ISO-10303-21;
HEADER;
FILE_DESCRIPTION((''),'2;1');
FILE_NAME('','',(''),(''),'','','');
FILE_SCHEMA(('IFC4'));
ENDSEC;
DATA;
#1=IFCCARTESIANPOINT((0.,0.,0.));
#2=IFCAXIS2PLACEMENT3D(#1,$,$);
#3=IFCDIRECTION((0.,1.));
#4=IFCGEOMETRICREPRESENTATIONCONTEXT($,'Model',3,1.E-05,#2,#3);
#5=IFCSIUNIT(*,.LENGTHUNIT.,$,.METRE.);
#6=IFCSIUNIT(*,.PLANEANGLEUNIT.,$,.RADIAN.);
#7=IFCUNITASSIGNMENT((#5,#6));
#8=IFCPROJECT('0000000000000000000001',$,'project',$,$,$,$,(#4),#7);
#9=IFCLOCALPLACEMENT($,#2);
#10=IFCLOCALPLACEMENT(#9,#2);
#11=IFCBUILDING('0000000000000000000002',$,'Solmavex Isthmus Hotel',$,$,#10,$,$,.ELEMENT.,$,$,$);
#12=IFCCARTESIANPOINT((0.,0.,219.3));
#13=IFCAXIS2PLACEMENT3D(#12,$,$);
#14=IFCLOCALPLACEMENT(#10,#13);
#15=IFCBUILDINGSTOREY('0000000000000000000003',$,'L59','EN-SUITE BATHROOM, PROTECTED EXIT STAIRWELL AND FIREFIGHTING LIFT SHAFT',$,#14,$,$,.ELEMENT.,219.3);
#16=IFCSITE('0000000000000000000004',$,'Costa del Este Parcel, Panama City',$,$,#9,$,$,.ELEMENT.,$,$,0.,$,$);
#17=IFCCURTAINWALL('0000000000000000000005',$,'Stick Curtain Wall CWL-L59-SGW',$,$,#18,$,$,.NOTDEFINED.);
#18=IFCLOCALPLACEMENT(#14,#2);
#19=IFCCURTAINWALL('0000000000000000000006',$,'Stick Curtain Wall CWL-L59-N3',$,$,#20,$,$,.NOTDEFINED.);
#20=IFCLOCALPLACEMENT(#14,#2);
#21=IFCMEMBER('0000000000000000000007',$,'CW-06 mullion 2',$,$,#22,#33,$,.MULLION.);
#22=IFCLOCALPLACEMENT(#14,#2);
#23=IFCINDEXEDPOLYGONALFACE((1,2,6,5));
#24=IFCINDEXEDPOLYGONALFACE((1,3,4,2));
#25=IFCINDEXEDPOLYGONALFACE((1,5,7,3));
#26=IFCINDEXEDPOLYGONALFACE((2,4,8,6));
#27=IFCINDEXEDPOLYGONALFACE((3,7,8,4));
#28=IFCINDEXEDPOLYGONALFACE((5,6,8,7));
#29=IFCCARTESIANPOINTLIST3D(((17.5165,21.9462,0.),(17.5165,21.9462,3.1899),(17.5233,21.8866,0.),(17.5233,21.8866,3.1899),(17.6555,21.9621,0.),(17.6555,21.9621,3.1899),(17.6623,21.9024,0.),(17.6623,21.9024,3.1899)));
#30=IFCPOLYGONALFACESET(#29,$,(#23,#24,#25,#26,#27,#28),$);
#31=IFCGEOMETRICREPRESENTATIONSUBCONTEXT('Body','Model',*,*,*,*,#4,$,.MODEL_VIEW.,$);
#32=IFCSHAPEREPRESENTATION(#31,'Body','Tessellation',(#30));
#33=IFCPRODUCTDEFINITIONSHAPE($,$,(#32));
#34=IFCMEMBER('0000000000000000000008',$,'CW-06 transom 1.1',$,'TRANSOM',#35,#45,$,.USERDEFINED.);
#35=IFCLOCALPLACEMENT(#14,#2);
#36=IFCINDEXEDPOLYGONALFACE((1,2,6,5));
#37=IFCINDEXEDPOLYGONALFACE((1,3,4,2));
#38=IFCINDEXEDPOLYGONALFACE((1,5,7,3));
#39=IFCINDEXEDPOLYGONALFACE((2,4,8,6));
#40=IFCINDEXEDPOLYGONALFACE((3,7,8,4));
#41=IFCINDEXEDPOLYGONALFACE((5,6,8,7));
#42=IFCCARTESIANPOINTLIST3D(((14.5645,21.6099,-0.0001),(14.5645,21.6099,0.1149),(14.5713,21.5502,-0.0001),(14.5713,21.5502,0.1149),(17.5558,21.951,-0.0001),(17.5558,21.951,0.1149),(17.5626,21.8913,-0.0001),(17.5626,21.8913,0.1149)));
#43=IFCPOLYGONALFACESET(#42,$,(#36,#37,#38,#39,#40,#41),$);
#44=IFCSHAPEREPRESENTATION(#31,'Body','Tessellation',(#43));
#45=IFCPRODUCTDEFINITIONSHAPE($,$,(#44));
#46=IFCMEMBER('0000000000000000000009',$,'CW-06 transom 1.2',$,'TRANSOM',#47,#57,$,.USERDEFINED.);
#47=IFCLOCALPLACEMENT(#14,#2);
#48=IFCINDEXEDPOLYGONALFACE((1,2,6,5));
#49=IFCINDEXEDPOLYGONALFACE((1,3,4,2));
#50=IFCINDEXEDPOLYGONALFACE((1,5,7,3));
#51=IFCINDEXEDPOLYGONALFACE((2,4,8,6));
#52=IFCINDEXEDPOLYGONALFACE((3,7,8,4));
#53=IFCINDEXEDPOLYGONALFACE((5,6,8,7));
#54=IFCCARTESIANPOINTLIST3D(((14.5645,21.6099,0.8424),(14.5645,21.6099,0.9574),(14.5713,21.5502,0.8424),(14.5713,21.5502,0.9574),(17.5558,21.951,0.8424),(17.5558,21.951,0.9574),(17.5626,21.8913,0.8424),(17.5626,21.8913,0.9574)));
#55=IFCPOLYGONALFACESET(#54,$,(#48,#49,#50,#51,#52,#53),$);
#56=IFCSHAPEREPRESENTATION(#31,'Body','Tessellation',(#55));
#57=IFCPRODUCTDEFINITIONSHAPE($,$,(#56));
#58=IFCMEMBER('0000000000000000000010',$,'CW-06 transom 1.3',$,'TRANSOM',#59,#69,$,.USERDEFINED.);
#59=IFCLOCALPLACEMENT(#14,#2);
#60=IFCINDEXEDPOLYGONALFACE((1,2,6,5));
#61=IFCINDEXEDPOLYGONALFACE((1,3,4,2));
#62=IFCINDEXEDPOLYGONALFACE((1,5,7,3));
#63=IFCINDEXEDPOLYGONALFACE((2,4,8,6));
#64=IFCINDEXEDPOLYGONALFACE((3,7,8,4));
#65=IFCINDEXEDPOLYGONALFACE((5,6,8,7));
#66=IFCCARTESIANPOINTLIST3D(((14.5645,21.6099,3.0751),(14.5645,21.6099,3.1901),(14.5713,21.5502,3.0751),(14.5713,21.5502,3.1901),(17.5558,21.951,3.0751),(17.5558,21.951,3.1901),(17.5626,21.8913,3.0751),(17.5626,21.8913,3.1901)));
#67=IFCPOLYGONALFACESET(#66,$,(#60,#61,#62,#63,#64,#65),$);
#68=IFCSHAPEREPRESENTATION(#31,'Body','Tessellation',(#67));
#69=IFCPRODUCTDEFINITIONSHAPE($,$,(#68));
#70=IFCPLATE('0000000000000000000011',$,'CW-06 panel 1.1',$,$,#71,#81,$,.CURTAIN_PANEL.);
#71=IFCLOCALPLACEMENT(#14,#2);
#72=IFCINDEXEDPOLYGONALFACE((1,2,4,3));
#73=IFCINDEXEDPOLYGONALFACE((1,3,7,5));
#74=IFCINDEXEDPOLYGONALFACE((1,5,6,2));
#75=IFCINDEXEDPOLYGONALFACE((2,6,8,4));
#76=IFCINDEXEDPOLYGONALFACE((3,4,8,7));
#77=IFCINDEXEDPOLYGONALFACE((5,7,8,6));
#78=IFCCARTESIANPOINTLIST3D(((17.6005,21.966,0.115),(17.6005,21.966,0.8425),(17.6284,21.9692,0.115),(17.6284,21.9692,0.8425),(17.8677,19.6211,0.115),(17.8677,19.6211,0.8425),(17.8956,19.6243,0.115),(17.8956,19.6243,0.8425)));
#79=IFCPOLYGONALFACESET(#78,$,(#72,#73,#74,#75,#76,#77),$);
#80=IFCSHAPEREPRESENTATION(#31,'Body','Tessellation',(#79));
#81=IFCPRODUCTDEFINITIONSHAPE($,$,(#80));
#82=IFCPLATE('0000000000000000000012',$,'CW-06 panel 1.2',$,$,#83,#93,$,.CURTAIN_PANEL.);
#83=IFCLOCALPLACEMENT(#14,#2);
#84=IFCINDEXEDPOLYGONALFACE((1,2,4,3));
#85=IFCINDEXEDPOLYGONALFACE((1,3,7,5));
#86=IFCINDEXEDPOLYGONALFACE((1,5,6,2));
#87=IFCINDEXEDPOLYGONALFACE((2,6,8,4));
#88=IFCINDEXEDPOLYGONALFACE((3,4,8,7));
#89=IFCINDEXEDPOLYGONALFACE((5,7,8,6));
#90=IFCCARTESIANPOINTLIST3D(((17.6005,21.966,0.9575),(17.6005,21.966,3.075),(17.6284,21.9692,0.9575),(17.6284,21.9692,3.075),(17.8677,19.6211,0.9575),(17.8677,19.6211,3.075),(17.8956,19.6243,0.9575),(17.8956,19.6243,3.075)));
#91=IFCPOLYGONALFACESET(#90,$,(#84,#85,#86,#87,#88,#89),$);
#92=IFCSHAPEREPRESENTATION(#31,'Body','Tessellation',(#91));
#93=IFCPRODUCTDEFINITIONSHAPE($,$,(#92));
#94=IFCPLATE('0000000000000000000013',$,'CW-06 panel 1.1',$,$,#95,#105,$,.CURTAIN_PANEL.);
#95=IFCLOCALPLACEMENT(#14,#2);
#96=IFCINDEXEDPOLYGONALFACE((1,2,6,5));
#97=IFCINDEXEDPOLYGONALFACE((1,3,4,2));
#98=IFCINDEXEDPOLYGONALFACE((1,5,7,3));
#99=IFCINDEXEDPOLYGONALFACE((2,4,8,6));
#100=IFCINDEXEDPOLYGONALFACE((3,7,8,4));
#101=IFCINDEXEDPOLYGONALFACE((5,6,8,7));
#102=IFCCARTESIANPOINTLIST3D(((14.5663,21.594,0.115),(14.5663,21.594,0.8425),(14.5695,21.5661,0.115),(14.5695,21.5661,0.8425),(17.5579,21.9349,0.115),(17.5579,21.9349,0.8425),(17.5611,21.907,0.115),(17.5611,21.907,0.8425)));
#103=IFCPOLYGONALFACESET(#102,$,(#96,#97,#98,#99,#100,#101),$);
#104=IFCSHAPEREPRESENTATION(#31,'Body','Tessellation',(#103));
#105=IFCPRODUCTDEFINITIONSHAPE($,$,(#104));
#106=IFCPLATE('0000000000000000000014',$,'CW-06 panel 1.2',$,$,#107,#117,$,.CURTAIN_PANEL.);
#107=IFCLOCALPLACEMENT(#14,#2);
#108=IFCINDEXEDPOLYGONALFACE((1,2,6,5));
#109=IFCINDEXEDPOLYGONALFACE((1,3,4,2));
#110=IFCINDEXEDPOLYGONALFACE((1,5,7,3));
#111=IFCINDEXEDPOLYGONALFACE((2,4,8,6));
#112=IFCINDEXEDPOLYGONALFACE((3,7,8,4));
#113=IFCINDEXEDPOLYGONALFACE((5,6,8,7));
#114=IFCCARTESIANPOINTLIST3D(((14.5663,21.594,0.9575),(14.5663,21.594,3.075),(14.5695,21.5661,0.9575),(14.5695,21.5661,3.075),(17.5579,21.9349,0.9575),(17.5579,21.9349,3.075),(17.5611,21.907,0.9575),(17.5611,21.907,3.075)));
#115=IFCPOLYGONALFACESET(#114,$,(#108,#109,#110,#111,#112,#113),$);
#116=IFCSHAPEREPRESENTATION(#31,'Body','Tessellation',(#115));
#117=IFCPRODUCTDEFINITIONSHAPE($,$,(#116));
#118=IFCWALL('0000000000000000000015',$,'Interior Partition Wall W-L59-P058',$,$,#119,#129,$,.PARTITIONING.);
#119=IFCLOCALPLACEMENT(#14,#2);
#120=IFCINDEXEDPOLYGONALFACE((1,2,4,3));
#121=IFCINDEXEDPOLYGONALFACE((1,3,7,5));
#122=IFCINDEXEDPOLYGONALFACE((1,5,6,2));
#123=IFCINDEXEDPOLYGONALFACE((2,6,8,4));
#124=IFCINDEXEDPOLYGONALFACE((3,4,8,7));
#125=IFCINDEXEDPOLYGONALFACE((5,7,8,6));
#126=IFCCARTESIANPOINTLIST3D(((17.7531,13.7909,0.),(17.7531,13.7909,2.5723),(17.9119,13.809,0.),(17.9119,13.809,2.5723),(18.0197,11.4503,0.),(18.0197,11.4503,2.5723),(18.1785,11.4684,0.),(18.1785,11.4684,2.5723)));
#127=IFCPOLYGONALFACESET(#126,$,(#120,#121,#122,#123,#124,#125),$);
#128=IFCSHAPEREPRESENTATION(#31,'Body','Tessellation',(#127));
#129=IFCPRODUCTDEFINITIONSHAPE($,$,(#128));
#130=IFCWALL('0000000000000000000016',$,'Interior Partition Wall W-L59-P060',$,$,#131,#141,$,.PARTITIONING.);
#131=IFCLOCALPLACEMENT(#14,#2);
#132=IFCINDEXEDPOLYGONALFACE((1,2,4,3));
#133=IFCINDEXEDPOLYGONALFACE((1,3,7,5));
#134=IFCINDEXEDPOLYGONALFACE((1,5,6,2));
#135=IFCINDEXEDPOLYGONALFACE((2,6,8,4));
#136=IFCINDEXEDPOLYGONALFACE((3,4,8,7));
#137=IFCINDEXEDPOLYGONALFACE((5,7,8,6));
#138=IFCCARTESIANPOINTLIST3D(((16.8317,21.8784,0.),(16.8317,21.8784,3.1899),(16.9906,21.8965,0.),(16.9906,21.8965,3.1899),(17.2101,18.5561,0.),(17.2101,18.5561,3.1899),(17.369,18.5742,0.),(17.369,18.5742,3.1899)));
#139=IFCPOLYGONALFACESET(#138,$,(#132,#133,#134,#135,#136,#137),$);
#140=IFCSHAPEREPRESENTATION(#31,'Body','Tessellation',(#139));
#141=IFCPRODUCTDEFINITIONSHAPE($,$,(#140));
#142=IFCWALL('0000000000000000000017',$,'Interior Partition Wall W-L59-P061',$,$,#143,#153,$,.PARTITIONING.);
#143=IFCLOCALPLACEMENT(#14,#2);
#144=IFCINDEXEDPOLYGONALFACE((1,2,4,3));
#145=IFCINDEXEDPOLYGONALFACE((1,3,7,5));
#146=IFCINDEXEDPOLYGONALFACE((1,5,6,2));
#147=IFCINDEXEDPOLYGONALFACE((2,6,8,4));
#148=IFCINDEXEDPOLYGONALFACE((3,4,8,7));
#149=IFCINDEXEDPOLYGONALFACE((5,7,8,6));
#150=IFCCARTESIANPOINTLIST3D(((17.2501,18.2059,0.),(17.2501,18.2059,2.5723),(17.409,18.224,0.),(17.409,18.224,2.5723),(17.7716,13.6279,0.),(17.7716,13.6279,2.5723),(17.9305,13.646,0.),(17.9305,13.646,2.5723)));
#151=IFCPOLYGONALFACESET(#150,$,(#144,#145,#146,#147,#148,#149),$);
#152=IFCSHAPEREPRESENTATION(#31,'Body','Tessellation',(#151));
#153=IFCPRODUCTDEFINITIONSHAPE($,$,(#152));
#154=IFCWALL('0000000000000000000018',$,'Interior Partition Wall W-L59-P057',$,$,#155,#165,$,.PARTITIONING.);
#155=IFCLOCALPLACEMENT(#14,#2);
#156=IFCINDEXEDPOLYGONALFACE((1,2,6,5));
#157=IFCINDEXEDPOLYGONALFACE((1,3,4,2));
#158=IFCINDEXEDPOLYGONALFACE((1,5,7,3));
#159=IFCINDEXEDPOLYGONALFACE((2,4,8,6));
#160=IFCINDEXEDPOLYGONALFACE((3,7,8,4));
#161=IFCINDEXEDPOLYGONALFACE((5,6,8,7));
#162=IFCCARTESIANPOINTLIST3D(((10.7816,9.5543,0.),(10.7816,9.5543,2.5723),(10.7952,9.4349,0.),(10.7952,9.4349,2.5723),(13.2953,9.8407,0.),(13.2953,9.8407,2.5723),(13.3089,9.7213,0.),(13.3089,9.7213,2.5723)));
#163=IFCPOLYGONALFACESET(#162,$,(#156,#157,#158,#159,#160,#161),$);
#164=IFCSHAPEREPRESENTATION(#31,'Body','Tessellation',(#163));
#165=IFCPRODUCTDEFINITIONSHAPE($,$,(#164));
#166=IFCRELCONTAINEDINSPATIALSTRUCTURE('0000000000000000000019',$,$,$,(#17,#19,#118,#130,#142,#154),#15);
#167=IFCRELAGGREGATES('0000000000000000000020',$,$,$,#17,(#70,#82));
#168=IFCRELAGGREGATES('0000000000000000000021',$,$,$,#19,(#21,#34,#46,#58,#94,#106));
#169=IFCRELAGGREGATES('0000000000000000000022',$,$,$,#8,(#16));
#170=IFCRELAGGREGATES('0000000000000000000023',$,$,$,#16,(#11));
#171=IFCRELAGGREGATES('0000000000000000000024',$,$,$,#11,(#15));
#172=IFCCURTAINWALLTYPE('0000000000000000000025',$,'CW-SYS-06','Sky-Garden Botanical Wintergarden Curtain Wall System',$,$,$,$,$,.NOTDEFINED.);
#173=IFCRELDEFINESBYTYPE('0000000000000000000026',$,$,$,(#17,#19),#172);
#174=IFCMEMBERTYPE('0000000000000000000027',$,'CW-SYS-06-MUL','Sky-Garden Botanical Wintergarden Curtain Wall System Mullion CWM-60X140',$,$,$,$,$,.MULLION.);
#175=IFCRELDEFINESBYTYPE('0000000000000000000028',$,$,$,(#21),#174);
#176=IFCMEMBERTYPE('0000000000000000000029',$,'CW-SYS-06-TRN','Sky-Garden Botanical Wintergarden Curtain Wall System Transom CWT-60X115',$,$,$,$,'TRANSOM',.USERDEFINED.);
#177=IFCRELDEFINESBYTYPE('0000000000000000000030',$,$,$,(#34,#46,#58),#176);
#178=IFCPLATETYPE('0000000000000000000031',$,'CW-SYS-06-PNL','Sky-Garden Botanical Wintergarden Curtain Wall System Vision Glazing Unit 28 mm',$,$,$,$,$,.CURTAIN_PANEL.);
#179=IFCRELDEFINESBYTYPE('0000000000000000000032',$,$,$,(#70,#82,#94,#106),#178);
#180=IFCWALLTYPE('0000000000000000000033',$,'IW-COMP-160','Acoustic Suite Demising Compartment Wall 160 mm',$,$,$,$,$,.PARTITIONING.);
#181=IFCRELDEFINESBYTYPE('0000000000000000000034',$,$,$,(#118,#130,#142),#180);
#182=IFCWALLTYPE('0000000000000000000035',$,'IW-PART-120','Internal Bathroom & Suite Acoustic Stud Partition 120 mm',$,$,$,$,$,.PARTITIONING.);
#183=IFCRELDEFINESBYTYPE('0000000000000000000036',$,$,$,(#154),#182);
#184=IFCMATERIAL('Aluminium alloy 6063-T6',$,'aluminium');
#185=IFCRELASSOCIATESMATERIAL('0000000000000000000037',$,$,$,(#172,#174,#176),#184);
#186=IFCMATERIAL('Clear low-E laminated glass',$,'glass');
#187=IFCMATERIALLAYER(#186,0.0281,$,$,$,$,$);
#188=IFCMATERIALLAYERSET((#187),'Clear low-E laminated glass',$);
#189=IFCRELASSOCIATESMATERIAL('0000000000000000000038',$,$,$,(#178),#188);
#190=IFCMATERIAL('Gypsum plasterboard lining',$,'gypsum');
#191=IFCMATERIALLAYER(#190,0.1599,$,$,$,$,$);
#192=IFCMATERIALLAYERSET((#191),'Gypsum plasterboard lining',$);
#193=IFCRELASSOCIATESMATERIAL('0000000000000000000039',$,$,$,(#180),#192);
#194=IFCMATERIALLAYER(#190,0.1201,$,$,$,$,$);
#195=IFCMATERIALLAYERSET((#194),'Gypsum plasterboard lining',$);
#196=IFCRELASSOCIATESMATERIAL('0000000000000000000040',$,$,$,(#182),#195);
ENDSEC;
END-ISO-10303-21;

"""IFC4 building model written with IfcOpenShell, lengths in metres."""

from ifc_helpers import new_model, si_unit, direction, frame, frame_2d, origin, origin_2d, place, context, subcontext, project, spatial, rectangle, extrude, material, layer, layer_set, material_profile, profile_set, type_object, element, aggregate, save


model = new_model("IFC4")

# Units and contexts
model_context = context("Model", 3, precision=1e-05, world=origin(), true_north=direction((0.0, 1.0)))
body_context = subcontext(model_context, "Body", "Model", "MODEL_VIEW")
ifc_project = project(units=[si_unit("LENGTHUNIT", "METRE"), si_unit("PLANEANGLEUNIT", "RADIAN")], contexts=[model_context])

# Site, building, storey
site_placement = place(None, origin())
site = spatial("IfcSite", under=ifc_project, at=site_placement, Name="Costa del Este Parcel, Panama City", CompositionType="ELEMENT", RefElevation=0.0)
building_placement = place(site_placement, origin())
building = spatial("IfcBuilding", under=site, at=building_placement, Name="Solmavex Isthmus Hotel", CompositionType="ELEMENT")
storey_placement = place(building_placement, frame((0.0, 0.0, 219.3)))
storey = spatial("IfcBuildingStorey", under=building, at=storey_placement, Name="L59", Description="EN-SUITE BATHROOM, PROTECTED EXIT STAIRWELL AND FIREFIGHTING LIFT SHAFT", CompositionType="ELEMENT", Elevation=219.3)

# Curtain wall
ifc_material_1 = material(Name="Aluminium alloy 6063-T6", Category="aluminium")
curtain_wall_type = type_object("IfcCurtainWallType", Name="CW-SYS-06", Description="Sky-Garden Botanical Wintergarden Curtain Wall System", PredefinedType="NOTDEFINED", material=ifc_material_1)
curtain_wall_1_placement = place(storey_placement, origin())
curtain_wall_1 = element("IfcCurtainWall", 1, at=curtain_wall_1_placement, inside=storey, type_object=curtain_wall_type, Name="Stick Curtain Wall CWL-L59-SGW", PredefinedType="NOTDEFINED")
ifc_material_profile_1 = material_profile(ifc_material_1, rectangle(XDim=0.0601, YDim=0.1399, at=origin_2d()), Name="CWM-60X140")
ifc_profile_set_1 = profile_set([ifc_material_profile_1], Name="Aluminium alloy 6063-T6")
member_type_1 = type_object("IfcMemberType", Name="CW-SYS-06-MUL", Description="Sky-Garden Botanical Wintergarden Curtain Wall System Mullion CWM-60X140", PredefinedType="MULLION", material=ifc_profile_set_1)

# Curtain wall, members
curtain_wall_2_placement = place(storey_placement, origin())
curtain_wall_2 = element("IfcCurtainWall", 2, at=curtain_wall_2_placement, inside=storey, type_object=curtain_wall_type, Name="Stick Curtain Wall CWL-L59-N3", PredefinedType="NOTDEFINED")
member_1_placement = place(storey_placement, frame((17.5894, 21.9243, 0.0), z_axis=(0.0, 0.0, 1.0), x_axis=(-0.113203, 0.993572, 0.0)))
member_1 = element("IfcMember", 3, at=member_1_placement, type_object=member_type_1, Name="CW-06 mullion 2", PredefinedType="MULLION", context=body_context, shape_type="SweptSolid", body=[
    extrude(rectangle(XDim=0.0601, YDim=0.1399, at=origin_2d()), origin(), (0.0, 0.0, 1.0), 3.1899),
])
ifc_material_profile_2 = material_profile(ifc_material_1, rectangle(XDim=0.0601, YDim=0.115, at=origin_2d()), Name="CWT-60X115")
ifc_profile_set_2 = profile_set([ifc_material_profile_2], Name="Aluminium alloy 6063-T6")
member_type_2 = type_object("IfcMemberType", Name="CW-SYS-06-TRN", Description="Sky-Garden Botanical Wintergarden Curtain Wall System Transom CWT-60X115", ElementType="TRANSOM", PredefinedType="USERDEFINED", material=ifc_profile_set_2)
member_2_placement = place(storey_placement, frame((14.5679, 21.5801, 0.0574), z_axis=(0.993563, 0.113279, 0.0), x_axis=(-0.113279, 0.993563, 0.0)))
member_2 = element("IfcMember", 4, at=member_2_placement, type_object=member_type_2, Name="CW-06 transom 1.1", ObjectType="TRANSOM", PredefinedType="USERDEFINED", context=body_context, shape_type="SweptSolid", body=[
    extrude(rectangle(XDim=0.0601, YDim=0.115, at=origin_2d()), origin(), (0.0, 0.0, 1.0), 3.0107),
])
member_3_placement = place(storey_placement, frame((14.5679, 21.5801, 0.8999), z_axis=(0.993563, 0.113279, 0.0), x_axis=(-0.113279, 0.993563, 0.0)))
member_3 = element("IfcMember", 5, at=member_3_placement, type_object=member_type_2, Name="CW-06 transom 1.2", ObjectType="TRANSOM", PredefinedType="USERDEFINED", context=body_context, shape_type="SweptSolid", body=[
    extrude(rectangle(XDim=0.0601, YDim=0.115, at=origin_2d()), origin(), (0.0, 0.0, 1.0), 3.0107),
])
member_4_placement = place(storey_placement, frame((14.5679, 21.5801, 3.1326), z_axis=(0.993563, 0.113279, 0.0), x_axis=(-0.113279, 0.993563, 0.0)))
member_4 = element("IfcMember", 6, at=member_4_placement, type_object=member_type_2, Name="CW-06 transom 1.3", ObjectType="TRANSOM", PredefinedType="USERDEFINED", context=body_context, shape_type="SweptSolid", body=[
    extrude(rectangle(XDim=0.0601, YDim=0.115, at=origin_2d()), origin(), (0.0, 0.0, 1.0), 3.0107),
])

# Plates
ifc_material_2 = material(Name="Clear low-E laminated glass", Category="glass")
ifc_layer_1 = layer(ifc_material_2, 0.0281)
ifc_layer_set_1 = layer_set([ifc_layer_1], Name="Clear low-E laminated glass")
plate_type = type_object("IfcPlateType", Name="CW-SYS-06-PNL", Description="Sky-Garden Botanical Wintergarden Curtain Wall System Vision Glazing Unit 28 mm", PredefinedType="CURTAIN_PANEL", material=ifc_layer_set_1)
plate_1_placement = place(storey_placement, frame((17.748, 20.7952, 0.115), z_axis=(0.0, 0.0, 1.0), x_axis=(-0.113202, 0.993572, 0.0)))
plate_1 = element("IfcPlate", 7, at=plate_1_placement, type_object=plate_type, Name="CW-06 panel 1.1", PredefinedType="CURTAIN_PANEL", context=body_context, shape_type="SweptSolid", body=[
    extrude(rectangle(XDim=2.3601, YDim=0.0281, at=origin_2d()), origin(), (0.0, 0.0, 1.0), 0.7275),
])
plate_2_placement = place(storey_placement, frame((17.748, 20.7952, 0.9575), z_axis=(0.0, 0.0, 1.0), x_axis=(-0.113202, 0.993572, 0.0)))
plate_2 = element("IfcPlate", 8, at=plate_2_placement, type_object=plate_type, Name="CW-06 panel 1.2", PredefinedType="CURTAIN_PANEL", context=body_context, shape_type="SweptSolid", body=[
    extrude(rectangle(XDim=2.3601, YDim=0.0281, at=origin_2d()), origin(), (0.0, 0.0, 1.0), 2.1174),
])
aggregate(curtain_wall_1, [plate_1, plate_2])
plate_3_placement = place(storey_placement, frame((16.0637, 21.7505, 0.115), z_axis=(0.0, 0.0, 1.0), x_axis=(0.993572, 0.113203, 0.0)))
plate_3 = element("IfcPlate", 9, at=plate_3_placement, type_object=plate_type, Name="CW-06 panel 1.1", PredefinedType="CURTAIN_PANEL", context=body_context, shape_type="SweptSolid", body=[
    extrude(rectangle(XDim=3.011, YDim=0.0281, at=origin_2d()), origin(), (0.0, 0.0, 1.0), 0.7275),
])
plate_4_placement = place(storey_placement, frame((16.0637, 21.7505, 0.9575), z_axis=(0.0, 0.0, 1.0), x_axis=(0.993572, 0.113203, 0.0)))
plate_4 = element("IfcPlate", 10, at=plate_4_placement, type_object=plate_type, Name="CW-06 panel 1.2", PredefinedType="CURTAIN_PANEL", context=body_context, shape_type="SweptSolid", body=[
    extrude(rectangle(XDim=3.011, YDim=0.0281, at=origin_2d()), origin(), (0.0, 0.0, 1.0), 2.1174),
])
aggregate(curtain_wall_2, [member_1, member_2, member_3, member_4, plate_3, plate_4])

# Walls
ifc_material_3 = material(Name="Gypsum plasterboard lining", Category="gypsum")
ifc_layer_2 = layer(ifc_material_3, 0.1599)
ifc_layer_set_2 = layer_set([ifc_layer_2], Name="Gypsum plasterboard lining")
wall_type_1 = type_object("IfcWallType", Name="IW-COMP-160", Description="Acoustic Suite Demising Compartment Wall 160 mm", PredefinedType="PARTITIONING", material=ifc_layer_set_2)
wall_1_placement = place(storey_placement, frame((17.8325, 13.7998, 0.0), z_axis=(0.0, 0.0, 1.0), x_axis=(0.113172, -0.993575, 0.0)))
element("IfcWall", 11, at=wall_1_placement, inside=storey, type_object=wall_type_1, Name="Interior Partition Wall W-L59-P058", PredefinedType="PARTITIONING", context=body_context, shape_type="SweptSolid", body=[
    extrude(rectangle(XDim=2.3557, YDim=0.1599, at=frame_2d((1.1777, 0.0))), origin(), (0.0, 0.0, 1.0), 2.5723),
])
wall_2_placement = place(storey_placement, frame((16.9111, 21.8875, 0.0), z_axis=(0.0, 0.0, 1.0), x_axis=(0.113172, -0.993575, 0.0)))
element("IfcWall", 12, at=wall_2_placement, inside=storey, type_object=wall_type_1, Name="Interior Partition Wall W-L59-P060", PredefinedType="PARTITIONING", context=body_context, shape_type="SweptSolid", body=[
    extrude(rectangle(XDim=3.3438, YDim=0.1599, at=frame_2d((1.6719, 0.0))), origin(), (0.0, 0.0, 1.0), 3.1899),
])
wall_3_placement = place(storey_placement, frame((17.3296, 18.2148, 0.0), z_axis=(0.0, 0.0, 1.0), x_axis=(0.113176, -0.993575, 0.0)))
element("IfcWall", 13, at=wall_3_placement, inside=storey, type_object=wall_type_1, Name="Interior Partition Wall W-L59-P061", PredefinedType="PARTITIONING", context=body_context, shape_type="SweptSolid", body=[
    extrude(rectangle(XDim=4.6077, YDim=0.1599, at=frame_2d((2.3037, 0.0))), origin(), (0.0, 0.0, 1.0), 2.5723),
])

# Wall
ifc_layer_3 = layer(ifc_material_3, 0.1201)
ifc_layer_set_3 = layer_set([ifc_layer_3], Name="Gypsum plasterboard lining")
wall_type_2 = type_object("IfcWallType", Name="IW-PART-120", Description="Internal Bathroom & Suite Acoustic Stud Partition 120 mm", PredefinedType="PARTITIONING", material=ifc_layer_set_3)
wall_4_placement = place(storey_placement, frame((13.3022, 9.781, 0.0), z_axis=(0.0, 0.0, 1.0), x_axis=(-0.993573, -0.113195, 0.0)))
element("IfcWall", 14, at=wall_4_placement, inside=storey, type_object=wall_type_2, Name="Interior Partition Wall W-L59-P057", PredefinedType="PARTITIONING", context=body_context, shape_type="SweptSolid", body=[
    extrude(rectangle(XDim=2.53, YDim=0.1201, at=frame_2d((1.2651, 0.0))), origin(), (0.0, 0.0, 1.0), 2.5723),
])

save(model, "model.ifc")
